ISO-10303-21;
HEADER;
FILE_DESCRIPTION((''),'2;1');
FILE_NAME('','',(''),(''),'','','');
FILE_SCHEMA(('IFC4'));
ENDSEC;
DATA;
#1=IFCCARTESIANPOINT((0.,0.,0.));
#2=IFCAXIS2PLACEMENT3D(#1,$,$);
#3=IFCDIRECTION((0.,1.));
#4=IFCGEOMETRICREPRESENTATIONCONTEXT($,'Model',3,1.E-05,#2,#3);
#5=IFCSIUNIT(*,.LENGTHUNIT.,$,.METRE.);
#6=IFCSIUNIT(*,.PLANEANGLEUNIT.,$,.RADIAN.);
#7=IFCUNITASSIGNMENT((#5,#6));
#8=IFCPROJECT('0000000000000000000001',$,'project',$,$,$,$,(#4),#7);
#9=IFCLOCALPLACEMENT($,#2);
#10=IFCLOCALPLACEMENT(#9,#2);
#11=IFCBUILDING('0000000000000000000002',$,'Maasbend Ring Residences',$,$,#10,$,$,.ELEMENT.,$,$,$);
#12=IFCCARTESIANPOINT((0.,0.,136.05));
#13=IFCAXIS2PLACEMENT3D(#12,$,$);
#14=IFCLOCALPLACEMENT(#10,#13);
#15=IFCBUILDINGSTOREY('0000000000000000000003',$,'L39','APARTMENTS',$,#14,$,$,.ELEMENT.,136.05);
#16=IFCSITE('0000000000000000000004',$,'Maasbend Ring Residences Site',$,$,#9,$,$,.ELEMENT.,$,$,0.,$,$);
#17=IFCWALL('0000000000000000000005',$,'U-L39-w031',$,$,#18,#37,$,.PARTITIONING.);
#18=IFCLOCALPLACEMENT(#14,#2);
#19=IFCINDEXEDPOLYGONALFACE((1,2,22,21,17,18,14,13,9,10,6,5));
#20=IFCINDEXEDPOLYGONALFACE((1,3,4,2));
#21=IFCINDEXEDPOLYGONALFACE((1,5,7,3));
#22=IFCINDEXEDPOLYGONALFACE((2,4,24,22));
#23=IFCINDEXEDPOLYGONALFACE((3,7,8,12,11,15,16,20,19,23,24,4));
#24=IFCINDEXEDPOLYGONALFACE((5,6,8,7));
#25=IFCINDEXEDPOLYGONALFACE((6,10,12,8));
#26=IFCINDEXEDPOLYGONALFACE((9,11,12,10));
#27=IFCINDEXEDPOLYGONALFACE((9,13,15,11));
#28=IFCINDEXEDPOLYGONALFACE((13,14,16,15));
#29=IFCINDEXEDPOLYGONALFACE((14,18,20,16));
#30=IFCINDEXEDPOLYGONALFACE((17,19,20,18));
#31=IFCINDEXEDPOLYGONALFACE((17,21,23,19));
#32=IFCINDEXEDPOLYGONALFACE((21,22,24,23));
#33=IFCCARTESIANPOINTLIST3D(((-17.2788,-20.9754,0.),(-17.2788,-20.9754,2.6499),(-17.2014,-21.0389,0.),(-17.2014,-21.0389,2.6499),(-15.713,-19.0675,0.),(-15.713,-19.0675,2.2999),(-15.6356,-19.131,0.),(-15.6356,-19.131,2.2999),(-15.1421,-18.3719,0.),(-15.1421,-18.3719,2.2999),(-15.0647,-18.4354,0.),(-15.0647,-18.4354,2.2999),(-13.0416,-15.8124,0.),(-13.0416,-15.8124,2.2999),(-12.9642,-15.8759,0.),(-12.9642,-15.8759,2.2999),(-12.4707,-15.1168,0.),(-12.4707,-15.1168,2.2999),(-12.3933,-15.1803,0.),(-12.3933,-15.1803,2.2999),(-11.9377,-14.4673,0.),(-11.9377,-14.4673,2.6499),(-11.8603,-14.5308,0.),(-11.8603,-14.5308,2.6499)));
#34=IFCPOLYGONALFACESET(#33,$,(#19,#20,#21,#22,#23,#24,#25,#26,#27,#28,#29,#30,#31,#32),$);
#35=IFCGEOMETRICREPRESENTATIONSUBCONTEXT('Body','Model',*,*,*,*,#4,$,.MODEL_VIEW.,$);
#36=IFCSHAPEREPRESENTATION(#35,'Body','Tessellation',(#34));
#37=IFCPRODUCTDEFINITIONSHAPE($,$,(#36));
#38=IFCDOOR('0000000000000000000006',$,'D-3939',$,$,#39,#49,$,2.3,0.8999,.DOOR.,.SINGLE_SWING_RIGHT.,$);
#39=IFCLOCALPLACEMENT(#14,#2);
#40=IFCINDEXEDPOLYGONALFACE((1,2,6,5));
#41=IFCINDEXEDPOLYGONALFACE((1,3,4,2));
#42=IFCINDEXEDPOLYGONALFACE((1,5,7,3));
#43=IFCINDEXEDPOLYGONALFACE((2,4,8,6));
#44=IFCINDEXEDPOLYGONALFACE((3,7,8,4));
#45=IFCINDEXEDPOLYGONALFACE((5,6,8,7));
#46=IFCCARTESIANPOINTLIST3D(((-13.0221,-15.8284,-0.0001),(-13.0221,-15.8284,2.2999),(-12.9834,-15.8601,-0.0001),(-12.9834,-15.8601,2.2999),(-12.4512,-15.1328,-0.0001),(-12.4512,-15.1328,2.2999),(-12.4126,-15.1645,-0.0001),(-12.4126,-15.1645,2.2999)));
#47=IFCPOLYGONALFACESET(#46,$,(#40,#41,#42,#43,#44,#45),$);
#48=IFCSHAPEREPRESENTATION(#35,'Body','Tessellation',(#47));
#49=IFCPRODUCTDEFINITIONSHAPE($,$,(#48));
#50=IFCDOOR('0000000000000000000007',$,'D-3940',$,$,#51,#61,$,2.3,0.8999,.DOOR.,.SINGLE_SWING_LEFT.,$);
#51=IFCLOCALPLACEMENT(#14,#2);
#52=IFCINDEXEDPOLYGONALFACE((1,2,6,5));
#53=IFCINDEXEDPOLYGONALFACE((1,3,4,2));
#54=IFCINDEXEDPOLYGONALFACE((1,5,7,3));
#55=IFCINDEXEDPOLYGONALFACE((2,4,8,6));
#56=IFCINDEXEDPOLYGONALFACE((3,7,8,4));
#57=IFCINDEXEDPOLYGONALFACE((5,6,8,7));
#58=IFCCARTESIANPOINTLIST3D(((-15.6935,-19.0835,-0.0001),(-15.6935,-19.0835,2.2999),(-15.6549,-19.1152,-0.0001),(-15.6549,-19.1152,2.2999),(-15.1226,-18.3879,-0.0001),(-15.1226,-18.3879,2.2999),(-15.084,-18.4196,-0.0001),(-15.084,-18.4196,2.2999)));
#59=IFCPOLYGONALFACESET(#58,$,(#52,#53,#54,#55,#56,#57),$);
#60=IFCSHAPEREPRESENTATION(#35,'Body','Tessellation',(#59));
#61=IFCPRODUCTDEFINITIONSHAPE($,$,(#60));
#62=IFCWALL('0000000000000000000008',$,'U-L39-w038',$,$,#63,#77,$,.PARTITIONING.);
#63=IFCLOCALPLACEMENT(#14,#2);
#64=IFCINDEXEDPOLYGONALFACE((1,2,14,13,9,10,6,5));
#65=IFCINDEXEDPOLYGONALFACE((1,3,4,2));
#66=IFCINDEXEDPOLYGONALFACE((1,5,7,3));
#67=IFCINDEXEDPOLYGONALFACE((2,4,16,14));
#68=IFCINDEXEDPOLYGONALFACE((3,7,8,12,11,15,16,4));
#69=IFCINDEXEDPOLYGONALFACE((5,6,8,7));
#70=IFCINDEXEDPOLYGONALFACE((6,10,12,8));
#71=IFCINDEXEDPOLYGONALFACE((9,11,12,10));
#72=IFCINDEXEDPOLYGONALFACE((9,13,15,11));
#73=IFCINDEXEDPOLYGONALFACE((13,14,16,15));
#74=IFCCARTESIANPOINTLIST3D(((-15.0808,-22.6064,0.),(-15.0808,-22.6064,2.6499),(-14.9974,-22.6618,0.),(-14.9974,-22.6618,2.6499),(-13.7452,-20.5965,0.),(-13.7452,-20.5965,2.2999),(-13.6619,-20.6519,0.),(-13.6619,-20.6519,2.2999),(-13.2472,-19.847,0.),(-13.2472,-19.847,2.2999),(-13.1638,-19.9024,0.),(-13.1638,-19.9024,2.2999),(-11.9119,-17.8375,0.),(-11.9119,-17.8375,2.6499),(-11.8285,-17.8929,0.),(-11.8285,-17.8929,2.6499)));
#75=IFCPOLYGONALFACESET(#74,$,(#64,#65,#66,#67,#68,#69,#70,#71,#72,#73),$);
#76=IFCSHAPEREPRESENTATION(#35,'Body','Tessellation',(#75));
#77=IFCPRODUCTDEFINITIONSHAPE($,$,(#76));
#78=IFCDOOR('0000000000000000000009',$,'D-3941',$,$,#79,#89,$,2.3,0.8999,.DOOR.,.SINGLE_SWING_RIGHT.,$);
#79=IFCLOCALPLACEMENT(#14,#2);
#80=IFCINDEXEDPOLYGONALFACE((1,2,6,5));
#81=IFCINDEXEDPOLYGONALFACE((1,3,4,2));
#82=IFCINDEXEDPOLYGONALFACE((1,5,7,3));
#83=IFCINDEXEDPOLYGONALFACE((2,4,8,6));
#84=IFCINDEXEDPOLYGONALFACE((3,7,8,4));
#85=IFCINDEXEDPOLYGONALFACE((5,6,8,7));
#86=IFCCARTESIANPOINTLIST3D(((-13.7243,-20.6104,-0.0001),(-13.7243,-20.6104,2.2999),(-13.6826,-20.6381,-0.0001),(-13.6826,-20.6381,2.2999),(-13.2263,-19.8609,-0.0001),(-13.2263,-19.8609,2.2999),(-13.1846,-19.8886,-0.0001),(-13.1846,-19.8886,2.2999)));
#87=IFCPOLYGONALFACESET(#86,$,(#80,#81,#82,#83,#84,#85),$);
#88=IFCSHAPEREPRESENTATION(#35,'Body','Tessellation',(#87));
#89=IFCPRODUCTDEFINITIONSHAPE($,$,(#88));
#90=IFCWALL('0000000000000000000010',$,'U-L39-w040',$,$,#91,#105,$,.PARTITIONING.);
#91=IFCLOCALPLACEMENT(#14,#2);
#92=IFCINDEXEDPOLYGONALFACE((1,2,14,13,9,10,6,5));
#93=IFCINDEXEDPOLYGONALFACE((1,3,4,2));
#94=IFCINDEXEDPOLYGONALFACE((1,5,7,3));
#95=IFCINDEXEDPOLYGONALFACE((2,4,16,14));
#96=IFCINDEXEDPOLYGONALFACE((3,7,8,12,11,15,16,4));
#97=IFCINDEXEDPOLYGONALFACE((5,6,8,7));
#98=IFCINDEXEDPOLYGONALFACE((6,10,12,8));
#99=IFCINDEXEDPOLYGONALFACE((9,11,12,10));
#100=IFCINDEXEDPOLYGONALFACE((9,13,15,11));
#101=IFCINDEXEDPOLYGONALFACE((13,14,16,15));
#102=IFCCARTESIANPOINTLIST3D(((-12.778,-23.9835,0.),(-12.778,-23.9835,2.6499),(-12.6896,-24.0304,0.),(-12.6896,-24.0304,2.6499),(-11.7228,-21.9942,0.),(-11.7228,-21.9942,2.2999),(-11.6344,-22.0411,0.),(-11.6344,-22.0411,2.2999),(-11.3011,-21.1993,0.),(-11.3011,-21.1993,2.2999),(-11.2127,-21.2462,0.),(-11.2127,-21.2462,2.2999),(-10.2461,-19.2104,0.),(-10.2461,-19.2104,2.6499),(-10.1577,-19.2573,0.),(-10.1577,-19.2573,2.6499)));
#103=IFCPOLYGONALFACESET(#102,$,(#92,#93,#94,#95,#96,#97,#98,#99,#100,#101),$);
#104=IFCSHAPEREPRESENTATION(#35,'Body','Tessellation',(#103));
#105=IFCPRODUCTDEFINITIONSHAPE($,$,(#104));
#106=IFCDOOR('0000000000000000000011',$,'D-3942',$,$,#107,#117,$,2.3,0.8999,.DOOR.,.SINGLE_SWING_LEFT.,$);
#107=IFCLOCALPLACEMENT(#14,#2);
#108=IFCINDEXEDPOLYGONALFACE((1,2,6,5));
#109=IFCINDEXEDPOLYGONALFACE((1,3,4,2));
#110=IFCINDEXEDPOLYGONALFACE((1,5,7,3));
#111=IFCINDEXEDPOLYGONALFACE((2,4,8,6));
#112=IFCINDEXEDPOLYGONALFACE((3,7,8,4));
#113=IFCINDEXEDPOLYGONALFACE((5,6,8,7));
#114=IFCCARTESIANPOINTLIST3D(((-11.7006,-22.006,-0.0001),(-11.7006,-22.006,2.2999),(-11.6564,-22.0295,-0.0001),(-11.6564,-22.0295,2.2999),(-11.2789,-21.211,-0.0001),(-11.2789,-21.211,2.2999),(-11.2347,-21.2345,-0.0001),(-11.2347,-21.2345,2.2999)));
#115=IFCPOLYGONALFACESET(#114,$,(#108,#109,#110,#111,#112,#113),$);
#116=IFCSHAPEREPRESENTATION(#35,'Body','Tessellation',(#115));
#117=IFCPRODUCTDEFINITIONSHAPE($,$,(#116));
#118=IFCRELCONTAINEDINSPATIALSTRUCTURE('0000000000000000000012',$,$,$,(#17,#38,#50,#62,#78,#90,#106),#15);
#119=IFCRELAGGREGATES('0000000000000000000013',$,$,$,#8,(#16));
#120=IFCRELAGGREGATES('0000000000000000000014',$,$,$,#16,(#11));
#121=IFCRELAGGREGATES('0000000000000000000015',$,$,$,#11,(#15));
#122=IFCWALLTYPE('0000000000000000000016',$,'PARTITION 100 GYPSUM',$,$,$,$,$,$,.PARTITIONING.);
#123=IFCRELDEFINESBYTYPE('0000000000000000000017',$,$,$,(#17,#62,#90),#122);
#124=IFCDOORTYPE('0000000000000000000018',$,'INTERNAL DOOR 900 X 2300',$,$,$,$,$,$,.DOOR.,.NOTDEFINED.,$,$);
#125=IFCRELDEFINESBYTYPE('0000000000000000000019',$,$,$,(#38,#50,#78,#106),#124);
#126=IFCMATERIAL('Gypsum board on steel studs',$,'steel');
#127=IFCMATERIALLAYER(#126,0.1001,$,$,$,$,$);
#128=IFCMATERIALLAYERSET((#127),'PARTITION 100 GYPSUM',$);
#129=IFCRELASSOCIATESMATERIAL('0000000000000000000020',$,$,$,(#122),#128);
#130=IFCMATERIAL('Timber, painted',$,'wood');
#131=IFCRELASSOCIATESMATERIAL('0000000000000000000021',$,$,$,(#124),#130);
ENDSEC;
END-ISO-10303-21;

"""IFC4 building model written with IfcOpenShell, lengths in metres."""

from ifc_helpers import new_model, si_unit, direction, frame, frame_2d, origin, place, context, subcontext, project, spatial, rectangle, extrude, material, layer, layer_set, type_object, element, fill, save


model = new_model("IFC4")

# Units and contexts
model_context = context("Model", 3, precision=1e-05, world=origin(), true_north=direction((0.0, 1.0)))
body_context = subcontext(model_context, "Body", "Model", "MODEL_VIEW")
ifc_project = project(units=[si_unit("LENGTHUNIT", "METRE"), si_unit("PLANEANGLEUNIT", "RADIAN")], contexts=[model_context])

# Site, building, storey
site_placement = place(None, origin())
site = spatial("IfcSite", under=ifc_project, at=site_placement, Name="Maasbend Ring Residences Site", CompositionType="ELEMENT", RefElevation=0.0)
building_placement = place(site_placement, origin())
building = spatial("IfcBuilding", under=site, at=building_placement, Name="Maasbend Ring Residences", CompositionType="ELEMENT")
storey_placement = place(building_placement, frame((0.0, 0.0, 136.05)))
storey = spatial("IfcBuildingStorey", under=building, at=storey_placement, Name="L39", Description="APARTMENTS", CompositionType="ELEMENT", Elevation=136.05)

# Wall, openings, doors
ifc_material_1 = material(Name="Gypsum board on steel studs", Category="steel")
ifc_layer_1 = layer(ifc_material_1, 0.1001)
ifc_layer_set_1 = layer_set([ifc_layer_1], Name="PARTITION 100 GYPSUM")
wall_type_1 = type_object("IfcWallType", Name="PARTITION 100 GYPSUM", PredefinedType="PARTITIONING", material=ifc_layer_set_1)
wall_1_placement = place(storey_placement, frame((-17.24, -21.0071, 0.0), z_axis=(0.0, 0.0, 1.0), x_axis=(0.634396, 0.773008, 0.0)))
wall_1 = element("IfcWall", 1, at=wall_1_placement, inside=storey, type_object=wall_type_1, Name="U-L39-w031", PredefinedType="PARTITIONING", context=body_context, shape_type="SweptSolid", body=[
    extrude(rectangle(XDim=8.4192, YDim=0.1001, at=frame_2d((4.2095, 0.0))), origin(), (0.0, 0.0, 1.0), 2.6499),
])
opening_1_placement = place(wall_1_placement, frame((6.679, 0.0, 0.0)))
opening_1 = element("IfcOpeningElement", 2, at=opening_1_placement, cuts=wall_1, PredefinedType="OPENING", context=body_context, shape_type="SweptSolid", body=[
    extrude(rectangle(XDim=0.8999, YDim=2.3, at=frame_2d((0.45, 1.1499))), frame((0.0, 0.0601, 0.0), z_axis=(0.0, -1.0, 0.0), x_axis=(1.0, 0.0, 0.0)), (0.0, 0.0, 1.0), 0.1201),
])
opening_2_placement = place(wall_1_placement, frame((2.468, 0.0, 0.0)))
opening_2 = element("IfcOpeningElement", 3, at=opening_2_placement, cuts=wall_1, PredefinedType="OPENING", context=body_context, shape_type="SweptSolid", body=[
    extrude(rectangle(XDim=0.8999, YDim=2.3, at=frame_2d((0.45, 1.1499))), frame((0.0, 0.0601, 0.0), z_axis=(0.0, -1.0, 0.0), x_axis=(1.0, 0.0, 0.0)), (0.0, 0.0, 1.0), 0.1201),
])
ifc_material_2 = material(Name="Timber, painted", Category="wood")
door_type_1 = type_object("IfcDoorType", Name="INTERNAL DOOR 900 X 2300", OperationType="NOTDEFINED", PredefinedType="DOOR", material=ifc_material_2)
door_1_placement = place(opening_1_placement, origin())
door_1 = element("IfcDoor", 4, at=door_1_placement, inside=storey, type_object=door_type_1, Name="D-3939", OperationType="SINGLE_SWING_RIGHT", OverallHeight=2.3, OverallWidth=0.8999, PredefinedType="DOOR", context=body_context, shape_type="SweptSolid", body=[
    extrude(rectangle(XDim=0.8999, YDim=2.3, at=frame_2d((0.45, 1.1499))), frame((0.0, 0.0249, 0.0), z_axis=(0.0, -1.0, 0.0), x_axis=(1.0, 0.0, 0.0)), (0.0, 0.0, 1.0), 0.05),
])
fill(opening_1, door_1)
door_2_placement = place(opening_2_placement, origin())
door_2 = element("IfcDoor", 5, at=door_2_placement, inside=storey, type_object=door_type_1, Name="D-3940", OperationType="SINGLE_SWING_LEFT", OverallHeight=2.3, OverallWidth=0.8999, PredefinedType="DOOR", context=body_context, shape_type="SweptSolid", body=[
    extrude(rectangle(XDim=0.8999, YDim=2.3, at=frame_2d((0.45, 1.1499))), frame((0.0, 0.0249, 0.0), z_axis=(0.0, -1.0, 0.0), x_axis=(1.0, 0.0, 0.0)), (0.0, 0.0, 1.0), 0.05),
])
fill(opening_2, door_2)

# Walls, openings, doors
wall_2_placement = place(storey_placement, frame((-15.0391, -22.634, 0.0), z_axis=(0.0, 0.0, 1.0), x_axis=(0.55344, 0.832889, 0.0)))
wall_2 = element("IfcWall", 6, at=wall_2_placement, inside=storey, type_object=wall_type_1, Name="U-L39-w038", PredefinedType="PARTITIONING", context=body_context, shape_type="SweptSolid", body=[
    extrude(rectangle(XDim=5.7258, YDim=0.1001, at=frame_2d((2.8628, 0.0))), origin(), (0.0, 0.0, 1.0), 2.6499),
])
opening_3_placement = place(wall_2_placement, frame((2.4131, 0.0, 0.0)))
opening_3 = element("IfcOpeningElement", 7, at=opening_3_placement, cuts=wall_2, PredefinedType="OPENING", context=body_context, shape_type="SweptSolid", body=[
    extrude(rectangle(XDim=0.8999, YDim=2.3, at=frame_2d((0.45, 1.1499))), frame((0.0, 0.0601, 0.0), z_axis=(0.0, -1.0, 0.0), x_axis=(1.0, 0.0, 0.0)), (0.0, 0.0, 1.0), 0.1201),
])
door_3_placement = place(opening_3_placement, origin())
door_3 = element("IfcDoor", 8, at=door_3_placement, inside=storey, type_object=door_type_1, Name="D-3941", OperationType="SINGLE_SWING_RIGHT", OverallHeight=2.3, OverallWidth=0.8999, PredefinedType="DOOR", context=body_context, shape_type="SweptSolid", body=[
    extrude(rectangle(XDim=0.8999, YDim=2.3, at=frame_2d((0.45, 1.1499))), frame((0.0, 0.0249, 0.0), z_axis=(0.0, -1.0, 0.0), x_axis=(1.0, 0.0, 0.0)), (0.0, 0.0, 1.0), 0.05),
])
fill(opening_3, door_3)
wall_3_placement = place(storey_placement, frame((-12.7339, -24.0071, 0.0), z_axis=(0.0, 0.0, 1.0), x_axis=(0.46861, 0.883405, 0.0)))
wall_3 = element("IfcWall", 9, at=wall_3_placement, inside=storey, type_object=wall_type_1, Name="U-L39-w040", PredefinedType="PARTITIONING", context=body_context, shape_type="SweptSolid", body=[
    extrude(rectangle(XDim=5.4031, YDim=0.1001, at=frame_2d((2.7017, 0.0))), origin(), (0.0, 0.0, 1.0), 2.6499),
])
opening_4_placement = place(wall_3_placement, frame((2.252, 0.0, 0.0)))
opening_4 = element("IfcOpeningElement", 10, at=opening_4_placement, cuts=wall_3, PredefinedType="OPENING", context=body_context, shape_type="SweptSolid", body=[
    extrude(rectangle(XDim=0.8999, YDim=2.3, at=frame_2d((0.45, 1.1499))), frame((0.0, 0.0601, 0.0), z_axis=(0.0, -1.0, 0.0), x_axis=(1.0, 0.0, 0.0)), (0.0, 0.0, 1.0), 0.1201),
])
door_4_placement = place(opening_4_placement, origin())
door_4 = element("IfcDoor", 11, at=door_4_placement, inside=storey, type_object=door_type_1, Name="D-3942", OperationType="SINGLE_SWING_LEFT", OverallHeight=2.3, OverallWidth=0.8999, PredefinedType="DOOR", context=body_context, shape_type="SweptSolid", body=[
    extrude(rectangle(XDim=0.8999, YDim=2.3, at=frame_2d((0.45, 1.1499))), frame((0.0, 0.0249, 0.0), z_axis=(0.0, -1.0, 0.0), x_axis=(1.0, 0.0, 0.0)), (0.0, 0.0, 1.0), 0.05),
])
fill(opening_4, door_4)

save(model, "model.ifc")
